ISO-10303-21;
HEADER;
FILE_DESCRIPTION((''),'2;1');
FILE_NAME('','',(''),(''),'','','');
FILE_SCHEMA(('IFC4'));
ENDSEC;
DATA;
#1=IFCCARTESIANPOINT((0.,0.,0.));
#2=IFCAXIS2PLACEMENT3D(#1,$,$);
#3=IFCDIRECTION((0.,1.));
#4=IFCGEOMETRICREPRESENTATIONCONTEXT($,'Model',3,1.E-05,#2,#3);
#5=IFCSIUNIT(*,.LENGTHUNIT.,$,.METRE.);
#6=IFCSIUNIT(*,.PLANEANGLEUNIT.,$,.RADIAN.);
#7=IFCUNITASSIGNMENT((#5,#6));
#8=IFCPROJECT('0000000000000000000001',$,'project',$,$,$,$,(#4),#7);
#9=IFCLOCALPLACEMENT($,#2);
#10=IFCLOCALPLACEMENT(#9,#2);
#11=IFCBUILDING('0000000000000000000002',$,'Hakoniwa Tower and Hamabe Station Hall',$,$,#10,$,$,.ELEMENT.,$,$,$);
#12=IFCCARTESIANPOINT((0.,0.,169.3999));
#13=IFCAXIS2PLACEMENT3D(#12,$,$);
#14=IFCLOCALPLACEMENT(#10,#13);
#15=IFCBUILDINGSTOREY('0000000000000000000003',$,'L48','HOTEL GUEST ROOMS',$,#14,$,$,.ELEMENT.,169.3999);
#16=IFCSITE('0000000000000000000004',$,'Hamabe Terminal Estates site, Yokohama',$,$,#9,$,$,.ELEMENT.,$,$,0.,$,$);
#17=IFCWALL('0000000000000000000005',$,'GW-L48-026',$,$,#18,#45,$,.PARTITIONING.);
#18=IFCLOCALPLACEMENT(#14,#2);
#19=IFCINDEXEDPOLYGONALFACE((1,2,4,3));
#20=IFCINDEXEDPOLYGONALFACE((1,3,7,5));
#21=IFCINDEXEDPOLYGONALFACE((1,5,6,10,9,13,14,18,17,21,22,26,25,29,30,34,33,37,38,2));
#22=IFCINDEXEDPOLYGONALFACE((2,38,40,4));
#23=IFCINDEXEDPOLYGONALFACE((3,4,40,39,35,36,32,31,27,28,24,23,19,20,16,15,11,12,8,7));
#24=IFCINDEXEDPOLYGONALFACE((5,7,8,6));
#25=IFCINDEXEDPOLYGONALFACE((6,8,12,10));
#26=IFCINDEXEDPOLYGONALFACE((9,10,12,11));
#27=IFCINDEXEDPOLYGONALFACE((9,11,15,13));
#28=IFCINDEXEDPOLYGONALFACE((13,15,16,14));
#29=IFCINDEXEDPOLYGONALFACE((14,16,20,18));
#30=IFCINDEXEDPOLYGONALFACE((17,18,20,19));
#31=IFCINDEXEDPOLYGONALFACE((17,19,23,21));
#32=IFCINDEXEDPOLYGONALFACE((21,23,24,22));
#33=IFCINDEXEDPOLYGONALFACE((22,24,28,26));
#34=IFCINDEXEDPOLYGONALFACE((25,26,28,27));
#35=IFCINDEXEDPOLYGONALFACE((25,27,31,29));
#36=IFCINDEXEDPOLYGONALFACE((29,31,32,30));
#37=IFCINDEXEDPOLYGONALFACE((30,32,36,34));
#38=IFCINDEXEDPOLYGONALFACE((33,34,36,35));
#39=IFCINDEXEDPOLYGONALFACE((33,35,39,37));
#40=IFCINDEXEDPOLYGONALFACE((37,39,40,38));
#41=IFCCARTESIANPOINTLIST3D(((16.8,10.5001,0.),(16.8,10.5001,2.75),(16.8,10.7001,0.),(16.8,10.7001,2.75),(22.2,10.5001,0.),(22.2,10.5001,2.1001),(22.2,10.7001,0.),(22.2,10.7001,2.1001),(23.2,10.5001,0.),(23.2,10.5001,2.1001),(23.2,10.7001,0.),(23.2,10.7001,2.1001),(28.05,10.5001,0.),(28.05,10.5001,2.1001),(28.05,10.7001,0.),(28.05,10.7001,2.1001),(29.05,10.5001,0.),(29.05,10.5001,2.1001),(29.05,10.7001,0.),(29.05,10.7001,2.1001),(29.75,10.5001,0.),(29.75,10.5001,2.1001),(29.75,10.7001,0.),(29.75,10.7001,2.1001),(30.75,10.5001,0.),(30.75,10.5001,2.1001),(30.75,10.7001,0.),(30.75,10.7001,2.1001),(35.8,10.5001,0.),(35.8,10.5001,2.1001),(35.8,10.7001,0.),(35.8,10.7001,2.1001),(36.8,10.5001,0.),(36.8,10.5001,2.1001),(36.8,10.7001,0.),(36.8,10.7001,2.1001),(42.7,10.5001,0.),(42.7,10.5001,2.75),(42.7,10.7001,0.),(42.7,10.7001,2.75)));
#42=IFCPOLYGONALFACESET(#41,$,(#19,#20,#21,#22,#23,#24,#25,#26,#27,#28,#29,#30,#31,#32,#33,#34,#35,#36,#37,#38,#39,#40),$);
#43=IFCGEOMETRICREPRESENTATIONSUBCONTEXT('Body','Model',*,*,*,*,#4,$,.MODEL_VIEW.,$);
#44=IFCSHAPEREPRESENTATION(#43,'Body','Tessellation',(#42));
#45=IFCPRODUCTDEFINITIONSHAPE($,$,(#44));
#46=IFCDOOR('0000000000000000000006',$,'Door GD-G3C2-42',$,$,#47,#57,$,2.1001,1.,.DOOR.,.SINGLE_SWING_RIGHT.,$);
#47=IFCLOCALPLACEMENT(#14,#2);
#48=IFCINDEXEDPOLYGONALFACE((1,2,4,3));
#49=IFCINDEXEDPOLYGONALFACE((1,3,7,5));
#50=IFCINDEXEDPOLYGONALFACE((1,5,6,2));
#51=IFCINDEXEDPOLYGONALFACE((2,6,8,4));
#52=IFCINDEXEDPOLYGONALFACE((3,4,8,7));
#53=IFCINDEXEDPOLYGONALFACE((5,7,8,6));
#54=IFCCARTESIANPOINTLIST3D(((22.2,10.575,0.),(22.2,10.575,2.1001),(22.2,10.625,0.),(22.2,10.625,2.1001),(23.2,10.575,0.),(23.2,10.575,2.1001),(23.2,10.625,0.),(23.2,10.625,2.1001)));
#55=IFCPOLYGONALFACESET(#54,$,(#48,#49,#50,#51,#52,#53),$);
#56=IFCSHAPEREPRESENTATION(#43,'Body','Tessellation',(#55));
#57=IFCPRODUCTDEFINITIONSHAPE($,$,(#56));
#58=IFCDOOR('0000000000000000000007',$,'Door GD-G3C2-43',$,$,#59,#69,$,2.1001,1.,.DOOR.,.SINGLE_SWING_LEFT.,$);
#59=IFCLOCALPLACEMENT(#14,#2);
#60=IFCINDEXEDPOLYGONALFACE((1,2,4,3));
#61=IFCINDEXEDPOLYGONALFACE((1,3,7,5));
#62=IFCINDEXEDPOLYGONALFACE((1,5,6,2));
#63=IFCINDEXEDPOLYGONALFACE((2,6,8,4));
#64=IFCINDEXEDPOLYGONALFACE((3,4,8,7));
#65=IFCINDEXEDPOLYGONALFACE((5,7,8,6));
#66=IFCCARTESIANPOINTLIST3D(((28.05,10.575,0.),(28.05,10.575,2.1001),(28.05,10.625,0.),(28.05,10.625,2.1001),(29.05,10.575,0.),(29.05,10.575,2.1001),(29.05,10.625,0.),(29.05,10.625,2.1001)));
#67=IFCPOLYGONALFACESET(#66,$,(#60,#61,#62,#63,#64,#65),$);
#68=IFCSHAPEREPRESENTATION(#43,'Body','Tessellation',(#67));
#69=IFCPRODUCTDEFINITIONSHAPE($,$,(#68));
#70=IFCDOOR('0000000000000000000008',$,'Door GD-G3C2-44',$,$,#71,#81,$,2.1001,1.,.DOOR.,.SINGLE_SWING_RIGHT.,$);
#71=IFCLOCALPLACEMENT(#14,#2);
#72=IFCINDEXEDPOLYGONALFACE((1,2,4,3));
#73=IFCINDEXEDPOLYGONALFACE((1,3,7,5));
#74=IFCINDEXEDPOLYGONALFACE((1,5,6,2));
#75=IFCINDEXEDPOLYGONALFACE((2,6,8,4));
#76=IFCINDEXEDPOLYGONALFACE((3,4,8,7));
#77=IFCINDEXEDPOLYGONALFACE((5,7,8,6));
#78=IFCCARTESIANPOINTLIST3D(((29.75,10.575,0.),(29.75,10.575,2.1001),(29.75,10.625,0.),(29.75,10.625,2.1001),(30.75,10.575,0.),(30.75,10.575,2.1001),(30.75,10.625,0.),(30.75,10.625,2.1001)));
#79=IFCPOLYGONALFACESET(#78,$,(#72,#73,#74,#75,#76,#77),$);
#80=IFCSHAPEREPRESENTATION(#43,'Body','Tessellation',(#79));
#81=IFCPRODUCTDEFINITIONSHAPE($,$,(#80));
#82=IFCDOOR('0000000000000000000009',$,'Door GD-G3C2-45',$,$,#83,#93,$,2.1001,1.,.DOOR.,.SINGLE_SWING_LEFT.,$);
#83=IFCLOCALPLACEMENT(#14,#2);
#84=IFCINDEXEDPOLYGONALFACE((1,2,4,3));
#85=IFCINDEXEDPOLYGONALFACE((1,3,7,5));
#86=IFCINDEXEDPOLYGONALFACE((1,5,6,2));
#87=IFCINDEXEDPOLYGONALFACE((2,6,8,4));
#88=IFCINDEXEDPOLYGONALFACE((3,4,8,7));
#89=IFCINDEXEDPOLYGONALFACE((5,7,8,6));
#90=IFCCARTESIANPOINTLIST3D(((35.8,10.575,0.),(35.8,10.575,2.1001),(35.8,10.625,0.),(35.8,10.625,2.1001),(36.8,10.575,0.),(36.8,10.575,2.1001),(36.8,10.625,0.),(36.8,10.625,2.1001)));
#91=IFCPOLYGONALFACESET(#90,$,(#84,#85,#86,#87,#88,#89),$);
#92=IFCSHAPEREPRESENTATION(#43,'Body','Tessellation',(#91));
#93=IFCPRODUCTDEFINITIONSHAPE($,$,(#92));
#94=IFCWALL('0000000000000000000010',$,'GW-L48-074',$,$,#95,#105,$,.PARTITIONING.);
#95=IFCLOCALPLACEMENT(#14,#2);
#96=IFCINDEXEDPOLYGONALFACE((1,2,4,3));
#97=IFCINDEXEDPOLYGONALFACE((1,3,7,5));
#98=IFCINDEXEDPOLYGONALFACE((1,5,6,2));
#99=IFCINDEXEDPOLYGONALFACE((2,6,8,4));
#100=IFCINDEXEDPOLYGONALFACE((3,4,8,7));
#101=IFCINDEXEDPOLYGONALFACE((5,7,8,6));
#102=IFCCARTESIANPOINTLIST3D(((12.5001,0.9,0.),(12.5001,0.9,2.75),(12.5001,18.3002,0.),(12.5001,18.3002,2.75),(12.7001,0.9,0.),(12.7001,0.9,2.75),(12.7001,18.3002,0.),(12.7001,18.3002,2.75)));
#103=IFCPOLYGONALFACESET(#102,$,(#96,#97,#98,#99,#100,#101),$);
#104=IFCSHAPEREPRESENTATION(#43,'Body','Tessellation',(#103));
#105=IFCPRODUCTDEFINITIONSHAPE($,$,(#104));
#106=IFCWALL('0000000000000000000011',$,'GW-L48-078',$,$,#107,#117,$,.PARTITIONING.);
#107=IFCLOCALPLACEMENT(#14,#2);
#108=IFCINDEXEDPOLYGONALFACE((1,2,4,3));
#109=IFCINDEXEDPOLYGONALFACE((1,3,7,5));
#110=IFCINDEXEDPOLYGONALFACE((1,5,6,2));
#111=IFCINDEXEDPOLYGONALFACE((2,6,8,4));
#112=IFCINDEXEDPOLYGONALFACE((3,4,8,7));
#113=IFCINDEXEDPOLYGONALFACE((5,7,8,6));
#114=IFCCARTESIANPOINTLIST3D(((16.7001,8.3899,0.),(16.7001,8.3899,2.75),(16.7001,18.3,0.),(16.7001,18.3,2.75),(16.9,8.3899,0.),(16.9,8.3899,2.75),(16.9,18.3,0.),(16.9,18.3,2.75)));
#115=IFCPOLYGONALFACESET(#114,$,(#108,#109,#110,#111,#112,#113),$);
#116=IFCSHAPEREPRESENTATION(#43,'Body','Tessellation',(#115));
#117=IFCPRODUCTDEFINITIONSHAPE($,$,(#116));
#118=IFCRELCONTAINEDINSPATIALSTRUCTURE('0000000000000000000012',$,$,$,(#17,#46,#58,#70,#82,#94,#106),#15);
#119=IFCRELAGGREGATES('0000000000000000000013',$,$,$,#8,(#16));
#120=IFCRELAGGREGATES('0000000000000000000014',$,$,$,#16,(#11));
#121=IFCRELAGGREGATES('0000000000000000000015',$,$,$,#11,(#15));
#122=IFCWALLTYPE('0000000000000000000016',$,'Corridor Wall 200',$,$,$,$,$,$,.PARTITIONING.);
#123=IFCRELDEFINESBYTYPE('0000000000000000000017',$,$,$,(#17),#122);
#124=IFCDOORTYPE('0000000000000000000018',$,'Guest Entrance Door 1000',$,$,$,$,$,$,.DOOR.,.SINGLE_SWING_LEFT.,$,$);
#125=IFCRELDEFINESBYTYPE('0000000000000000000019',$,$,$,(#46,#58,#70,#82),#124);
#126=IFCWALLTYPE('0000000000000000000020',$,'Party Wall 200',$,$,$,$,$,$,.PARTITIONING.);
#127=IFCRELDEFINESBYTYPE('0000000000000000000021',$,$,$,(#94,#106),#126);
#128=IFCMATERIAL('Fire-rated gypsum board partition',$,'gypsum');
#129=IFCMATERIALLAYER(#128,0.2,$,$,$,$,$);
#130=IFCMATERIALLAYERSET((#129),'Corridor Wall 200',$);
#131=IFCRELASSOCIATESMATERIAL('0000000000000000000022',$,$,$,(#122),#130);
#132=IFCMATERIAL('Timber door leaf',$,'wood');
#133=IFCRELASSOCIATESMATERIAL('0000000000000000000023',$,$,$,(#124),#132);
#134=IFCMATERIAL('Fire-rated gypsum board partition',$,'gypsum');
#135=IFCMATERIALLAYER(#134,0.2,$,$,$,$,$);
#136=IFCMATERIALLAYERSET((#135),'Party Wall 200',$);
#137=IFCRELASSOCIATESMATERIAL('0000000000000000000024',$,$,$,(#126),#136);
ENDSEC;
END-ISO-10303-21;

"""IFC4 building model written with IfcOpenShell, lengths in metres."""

from ifc_helpers import new_model, si_unit, direction, frame, frame_2d, origin, place, context, subcontext, project, spatial, rectangle, extrude, material, layer, layer_set, type_object, element, fill, save


model = new_model("IFC4")

# Units and contexts
model_context = context("Model", 3, precision=1e-05, world=origin(), true_north=direction((0.0, 1.0)))
body_context = subcontext(model_context, "Body", "Model", "MODEL_VIEW")
ifc_project = project(units=[si_unit("LENGTHUNIT", "METRE"), si_unit("PLANEANGLEUNIT", "RADIAN")], contexts=[model_context])

# Site, building, storey
site_placement = place(None, origin())
site = spatial("IfcSite", under=ifc_project, at=site_placement, Name="Hamabe Terminal Estates site, Yokohama", CompositionType="ELEMENT", RefElevation=0.0)
building_placement = place(site_placement, origin())
building = spatial("IfcBuilding", under=site, at=building_placement, Name="Hakoniwa Tower and Hamabe Station Hall", CompositionType="ELEMENT")
storey_placement = place(building_placement, frame((0.0, 0.0, 169.3999)))
storey = spatial("IfcBuildingStorey", under=building, at=storey_placement, Name="L48", Description="HOTEL GUEST ROOMS", CompositionType="ELEMENT", Elevation=169.3999)

# Wall, openings, doors
ifc_material_1 = material(Name="Fire-rated gypsum board partition", Category="gypsum")
ifc_layer_1 = layer(ifc_material_1, 0.2)
ifc_layer_set_1 = layer_set([ifc_layer_1], Name="Corridor Wall 200")
wall_type_1 = type_object("IfcWallType", Name="Corridor Wall 200", PredefinedType="PARTITIONING", material=ifc_layer_set_1)
wall_1_placement = place(storey_placement, frame((16.8, 10.6001, 0.0), z_axis=(0.0, 0.0, 1.0), x_axis=(1.0, 0.0, 0.0)))
wall_1 = element("IfcWall", 1, at=wall_1_placement, inside=storey, type_object=wall_type_1, Name="GW-L48-026", PredefinedType="PARTITIONING", context=body_context, shape_type="SweptSolid", body=[
    extrude(rectangle(XDim=25.8999, YDim=0.2, at=frame_2d((12.95, 0.0))), origin(), (0.0, 0.0, 1.0), 2.75),
])
opening_1_placement = place(wall_1_placement, frame((5.3999, 0.0, 0.0)))
opening_1 = element("IfcOpeningElement", 2, at=opening_1_placement, cuts=wall_1, PredefinedType="OPENING", context=body_context, shape_type="SweptSolid", body=[
    extrude(rectangle(XDim=1.0, YDim=2.1001, at=frame_2d((0.5, 1.05))), frame((0.0, 0.1099, 0.0), z_axis=(0.0, -1.0, 0.0), x_axis=(1.0, 0.0, 0.0)), (0.0, 0.0, 1.0), 0.22),
])
opening_2_placement = place(wall_1_placement, frame((11.25, 0.0, 0.0)))
opening_2 = element("IfcOpeningElement", 3, at=opening_2_placement, cuts=wall_1, PredefinedType="OPENING", context=body_context, shape_type="SweptSolid", body=[
    extrude(rectangle(XDim=1.0, YDim=2.1001, at=frame_2d((0.5, 1.05))), frame((0.0, 0.1099, 0.0), z_axis=(0.0, -1.0, 0.0), x_axis=(1.0, 0.0, 0.0)), (0.0, 0.0, 1.0), 0.22),
])
opening_3_placement = place(wall_1_placement, frame((12.95, 0.0, 0.0)))
opening_3 = element("IfcOpeningElement", 4, at=opening_3_placement, cuts=wall_1, PredefinedType="OPENING", context=body_context, shape_type="SweptSolid", body=[
    extrude(rectangle(XDim=1.0, YDim=2.1001, at=frame_2d((0.5, 1.05))), frame((0.0, 0.1099, 0.0), z_axis=(0.0, -1.0, 0.0), x_axis=(1.0, 0.0, 0.0)), (0.0, 0.0, 1.0), 0.22),
])
opening_4_placement = place(wall_1_placement, frame((19.0, 0.0, 0.0)))
opening_4 = element("IfcOpeningElement", 5, at=opening_4_placement, cuts=wall_1, PredefinedType="OPENING", context=body_context, shape_type="SweptSolid", body=[
    extrude(rectangle(XDim=1.0, YDim=2.1001, at=frame_2d((0.5, 1.05))), frame((0.0, 0.1099, 0.0), z_axis=(0.0, -1.0, 0.0), x_axis=(1.0, 0.0, 0.0)), (0.0, 0.0, 1.0), 0.22),
])
ifc_material_2 = material(Name="Timber door leaf", Category="wood")
door_type_1 = type_object("IfcDoorType", Name="Guest Entrance Door 1000", OperationType="SINGLE_SWING_LEFT", PredefinedType="DOOR", material=ifc_material_2)
door_1_placement = place(opening_1_placement, origin())
door_1 = element("IfcDoor", 6, at=door_1_placement, inside=storey, type_object=door_type_1, Name="Door GD-G3C2-42", OperationType="SINGLE_SWING_RIGHT", OverallHeight=2.1001, OverallWidth=1.0, PredefinedType="DOOR", context=body_context, shape_type="SweptSolid", body=[
    extrude(rectangle(XDim=1.0, YDim=2.1001, at=frame_2d((0.5, 1.05))), frame((0.0, 0.0249, 0.0), z_axis=(0.0, -1.0, 0.0), x_axis=(1.0, 0.0, 0.0)), (0.0, 0.0, 1.0), 0.05),
])
fill(opening_1, door_1)
door_2_placement = place(opening_2_placement, origin())
door_2 = element("IfcDoor", 7, at=door_2_placement, inside=storey, type_object=door_type_1, Name="Door GD-G3C2-43", OperationType="SINGLE_SWING_LEFT", OverallHeight=2.1001, OverallWidth=1.0, PredefinedType="DOOR", context=body_context, shape_type="SweptSolid", body=[
    extrude(rectangle(XDim=1.0, YDim=2.1001, at=frame_2d((0.5, 1.05))), frame((0.0, 0.0249, 0.0), z_axis=(0.0, -1.0, 0.0), x_axis=(1.0, 0.0, 0.0)), (0.0, 0.0, 1.0), 0.05),
])
fill(opening_2, door_2)
door_3_placement = place(opening_3_placement, origin())
door_3 = element("IfcDoor", 8, at=door_3_placement, inside=storey, type_object=door_type_1, Name="Door GD-G3C2-44", OperationType="SINGLE_SWING_RIGHT", OverallHeight=2.1001, OverallWidth=1.0, PredefinedType="DOOR", context=body_context, shape_type="SweptSolid", body=[
    extrude(rectangle(XDim=1.0, YDim=2.1001, at=frame_2d((0.5, 1.05))), frame((0.0, 0.0249, 0.0), z_axis=(0.0, -1.0, 0.0), x_axis=(1.0, 0.0, 0.0)), (0.0, 0.0, 1.0), 0.05),
])
fill(opening_3, door_3)
door_4_placement = place(opening_4_placement, origin())
door_4 = element("IfcDoor", 9, at=door_4_placement, inside=storey, type_object=door_type_1, Name="Door GD-G3C2-45", OperationType="SINGLE_SWING_LEFT", OverallHeight=2.1001, OverallWidth=1.0, PredefinedType="DOOR", context=body_context, shape_type="SweptSolid", body=[
    extrude(rectangle(XDim=1.0, YDim=2.1001, at=frame_2d((0.5, 1.05))), frame((0.0, 0.0249, 0.0), z_axis=(0.0, -1.0, 0.0), x_axis=(1.0, 0.0, 0.0)), (0.0, 0.0, 1.0), 0.05),
])
fill(opening_4, door_4)

# Walls
ifc_material_3 = material(Name="Fire-rated gypsum board partition", Category="gypsum")
ifc_layer_2 = layer(ifc_material_3, 0.2)
ifc_layer_set_2 = layer_set([ifc_layer_2], Name="Party Wall 200")
wall_type_2 = type_object("IfcWallType", Name="Party Wall 200", PredefinedType="PARTITIONING", material=ifc_layer_set_2)
wall_2_placement = place(storey_placement, frame((12.6001, 0.8999, 0.0), z_axis=(0.0, 0.0, 1.0), x_axis=(0.0, 1.0, 0.0)))
element("IfcWall", 10, at=wall_2_placement, inside=storey, type_object=wall_type_2, Name="GW-L48-074", PredefinedType="PARTITIONING", context=body_context, shape_type="SweptSolid", body=[
    extrude(rectangle(XDim=17.4001, YDim=0.2, at=frame_2d((8.7002, 0.0))), origin(), (0.0, 0.0, 1.0), 2.75),
])
wall_3_placement = place(storey_placement, frame((16.8, 8.3899, 0.0), z_axis=(0.0, 0.0, 1.0), x_axis=(0.0, 1.0, 0.0)))
element("IfcWall", 11, at=wall_3_placement, inside=storey, type_object=wall_type_2, Name="GW-L48-078", PredefinedType="PARTITIONING", context=body_context, shape_type="SweptSolid", body=[
    extrude(rectangle(XDim=9.9102, YDim=0.2, at=frame_2d((4.9551, 0.0))), origin(), (0.0, 0.0, 1.0), 2.75),
])

save(model, "model.ifc")
